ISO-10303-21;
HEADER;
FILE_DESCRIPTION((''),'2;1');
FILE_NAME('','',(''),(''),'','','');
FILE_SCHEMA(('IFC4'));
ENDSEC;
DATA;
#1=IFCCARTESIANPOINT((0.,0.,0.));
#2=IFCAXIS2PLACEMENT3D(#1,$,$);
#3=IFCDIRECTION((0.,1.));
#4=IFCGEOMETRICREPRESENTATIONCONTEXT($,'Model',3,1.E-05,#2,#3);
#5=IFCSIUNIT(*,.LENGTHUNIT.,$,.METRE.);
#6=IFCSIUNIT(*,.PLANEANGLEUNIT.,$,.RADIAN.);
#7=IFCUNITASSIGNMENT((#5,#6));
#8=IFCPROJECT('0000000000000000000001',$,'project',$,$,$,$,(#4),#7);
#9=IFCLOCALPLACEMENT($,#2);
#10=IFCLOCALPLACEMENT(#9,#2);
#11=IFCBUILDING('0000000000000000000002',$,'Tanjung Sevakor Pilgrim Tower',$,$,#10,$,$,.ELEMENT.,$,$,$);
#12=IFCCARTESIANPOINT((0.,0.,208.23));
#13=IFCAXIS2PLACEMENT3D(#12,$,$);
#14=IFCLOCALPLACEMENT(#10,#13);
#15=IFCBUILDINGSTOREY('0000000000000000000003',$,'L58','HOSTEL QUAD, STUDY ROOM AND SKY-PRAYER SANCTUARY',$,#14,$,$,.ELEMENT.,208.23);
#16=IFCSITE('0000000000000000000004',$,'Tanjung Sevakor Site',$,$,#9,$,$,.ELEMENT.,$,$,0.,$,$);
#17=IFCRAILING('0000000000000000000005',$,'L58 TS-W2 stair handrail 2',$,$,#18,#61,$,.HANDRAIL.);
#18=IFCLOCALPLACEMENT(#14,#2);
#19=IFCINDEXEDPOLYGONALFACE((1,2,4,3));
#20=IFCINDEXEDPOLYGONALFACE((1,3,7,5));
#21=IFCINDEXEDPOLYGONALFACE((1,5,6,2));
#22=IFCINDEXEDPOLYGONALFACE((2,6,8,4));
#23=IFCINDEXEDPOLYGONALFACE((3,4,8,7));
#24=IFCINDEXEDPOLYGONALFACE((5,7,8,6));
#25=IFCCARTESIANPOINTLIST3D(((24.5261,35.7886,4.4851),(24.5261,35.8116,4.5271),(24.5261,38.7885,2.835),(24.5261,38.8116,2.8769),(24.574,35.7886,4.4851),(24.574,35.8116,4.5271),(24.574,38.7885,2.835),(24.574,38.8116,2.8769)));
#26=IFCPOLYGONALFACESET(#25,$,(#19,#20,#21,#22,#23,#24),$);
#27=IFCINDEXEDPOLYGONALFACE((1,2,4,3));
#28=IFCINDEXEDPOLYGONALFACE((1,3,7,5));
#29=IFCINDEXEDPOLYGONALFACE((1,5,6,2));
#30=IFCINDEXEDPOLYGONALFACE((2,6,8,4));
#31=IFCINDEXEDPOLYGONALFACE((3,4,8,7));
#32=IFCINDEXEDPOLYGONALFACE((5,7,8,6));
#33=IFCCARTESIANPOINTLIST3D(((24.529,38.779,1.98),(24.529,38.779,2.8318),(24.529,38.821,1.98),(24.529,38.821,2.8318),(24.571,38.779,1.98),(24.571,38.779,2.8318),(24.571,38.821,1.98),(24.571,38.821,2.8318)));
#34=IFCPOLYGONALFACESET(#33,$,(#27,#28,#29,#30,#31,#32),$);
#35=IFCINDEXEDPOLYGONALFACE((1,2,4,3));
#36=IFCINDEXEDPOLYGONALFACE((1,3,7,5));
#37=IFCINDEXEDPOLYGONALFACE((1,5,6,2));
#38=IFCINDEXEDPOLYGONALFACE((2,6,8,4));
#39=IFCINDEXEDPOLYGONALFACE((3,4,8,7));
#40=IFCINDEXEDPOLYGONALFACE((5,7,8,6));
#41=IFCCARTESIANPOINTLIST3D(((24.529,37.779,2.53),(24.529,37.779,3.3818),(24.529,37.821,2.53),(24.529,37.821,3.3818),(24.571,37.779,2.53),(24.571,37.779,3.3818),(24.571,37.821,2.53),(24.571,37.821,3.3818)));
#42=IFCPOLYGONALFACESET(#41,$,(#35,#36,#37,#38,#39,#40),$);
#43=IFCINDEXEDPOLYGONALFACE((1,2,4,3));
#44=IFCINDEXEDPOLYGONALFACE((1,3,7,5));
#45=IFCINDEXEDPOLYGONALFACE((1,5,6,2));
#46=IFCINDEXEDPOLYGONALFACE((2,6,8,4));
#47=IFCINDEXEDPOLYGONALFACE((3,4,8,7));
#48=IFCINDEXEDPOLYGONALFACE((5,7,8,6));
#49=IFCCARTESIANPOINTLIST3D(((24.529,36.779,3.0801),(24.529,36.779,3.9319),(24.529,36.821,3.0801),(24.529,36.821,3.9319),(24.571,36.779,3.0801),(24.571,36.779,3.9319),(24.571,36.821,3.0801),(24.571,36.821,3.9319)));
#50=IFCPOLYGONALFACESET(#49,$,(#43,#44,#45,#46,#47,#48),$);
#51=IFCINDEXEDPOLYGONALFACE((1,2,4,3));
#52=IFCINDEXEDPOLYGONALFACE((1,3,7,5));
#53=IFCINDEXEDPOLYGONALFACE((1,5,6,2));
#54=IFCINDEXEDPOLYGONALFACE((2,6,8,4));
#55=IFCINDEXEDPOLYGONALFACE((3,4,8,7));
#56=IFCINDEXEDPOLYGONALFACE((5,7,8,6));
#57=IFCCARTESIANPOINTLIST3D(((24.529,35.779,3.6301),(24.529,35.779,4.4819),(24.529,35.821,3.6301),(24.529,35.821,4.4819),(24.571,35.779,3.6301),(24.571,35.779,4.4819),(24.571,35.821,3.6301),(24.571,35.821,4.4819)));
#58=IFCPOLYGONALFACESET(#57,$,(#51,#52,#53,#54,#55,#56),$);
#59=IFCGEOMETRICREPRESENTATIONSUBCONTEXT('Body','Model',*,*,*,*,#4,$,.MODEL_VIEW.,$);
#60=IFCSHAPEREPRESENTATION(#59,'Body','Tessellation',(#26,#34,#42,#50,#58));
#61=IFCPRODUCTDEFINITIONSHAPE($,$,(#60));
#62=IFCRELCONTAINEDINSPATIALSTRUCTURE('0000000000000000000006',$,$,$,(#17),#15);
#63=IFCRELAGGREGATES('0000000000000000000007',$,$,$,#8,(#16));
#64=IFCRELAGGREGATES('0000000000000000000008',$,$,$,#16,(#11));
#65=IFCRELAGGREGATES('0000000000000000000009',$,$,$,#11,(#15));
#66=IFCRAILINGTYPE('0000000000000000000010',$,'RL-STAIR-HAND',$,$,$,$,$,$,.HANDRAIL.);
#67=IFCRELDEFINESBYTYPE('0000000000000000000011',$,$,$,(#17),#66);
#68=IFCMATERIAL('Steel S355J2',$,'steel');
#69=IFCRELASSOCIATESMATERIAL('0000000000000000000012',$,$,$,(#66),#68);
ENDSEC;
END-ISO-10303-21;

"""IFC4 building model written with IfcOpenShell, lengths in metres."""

from ifc_helpers import new_model, si_unit, direction, frame, origin, place, context, subcontext, project, spatial, rectangle, extrude, material, type_object, element, save


model = new_model("IFC4")

# Units and contexts
model_context = context("Model", 3, precision=1e-05, world=origin(), true_north=direction((0.0, 1.0)))
body_context = subcontext(model_context, "Body", "Model", "MODEL_VIEW")
ifc_project = project(units=[si_unit("LENGTHUNIT", "METRE"), si_unit("PLANEANGLEUNIT", "RADIAN")], contexts=[model_context])

# Site, building, storey
site_placement = place(None, origin())
site = spatial("IfcSite", under=ifc_project, at=site_placement, Name="Tanjung Sevakor Site", CompositionType="ELEMENT", RefElevation=0.0)
building_placement = place(site_placement, origin())
building = spatial("IfcBuilding", under=site, at=building_placement, Name="Tanjung Sevakor Pilgrim Tower", CompositionType="ELEMENT")
storey_placement = place(building_placement, frame((0.0, 0.0, 208.23)))
storey = spatial("IfcBuildingStorey", under=building, at=storey_placement, Name="L58", Description="HOSTEL QUAD, STUDY ROOM AND SKY-PRAYER SANCTUARY", CompositionType="ELEMENT", Elevation=208.23)

# Railing
ifc_material_1 = material(Name="Steel S355J2", Category="steel")
railing_type_1 = type_object("IfcRailingType", Name="RL-STAIR-HAND", PredefinedType="HANDRAIL", material=ifc_material_1)
railing_1_placement = place(storey_placement, frame((24.55, 38.8, 1.98)))
element("IfcRailing", 1, at=railing_1_placement, inside=storey, type_object=railing_type_1, Name="L58 TS-W2 stair handrail 2", PredefinedType="HANDRAIL", context=body_context, shape_type="SweptSolid", body=[
    extrude(rectangle(XDim=0.0479, YDim=0.0479), frame((0.0, 0.0, 0.876), z_axis=(0.0, -0.876198, 0.481952), x_axis=(1.0, 0.0, 0.0)), (0.0, 0.0, 1.0), 3.4238),
    extrude(rectangle(XDim=0.042, YDim=0.042), origin(), (0.0, 0.0, 1.0), 0.8518),
    extrude(rectangle(XDim=0.042, YDim=0.042), frame((0.0, -1.0, 0.55)), (0.0, 0.0, 1.0), 0.8518),
    extrude(rectangle(XDim=0.042, YDim=0.042), frame((0.0, -2.0, 1.1001)), (0.0, 0.0, 1.0), 0.8518),
    extrude(rectangle(XDim=0.042, YDim=0.042), frame((0.0, -3.0, 1.6501)), (0.0, 0.0, 1.0), 0.8518),
])

save(model, "model.ifc")
